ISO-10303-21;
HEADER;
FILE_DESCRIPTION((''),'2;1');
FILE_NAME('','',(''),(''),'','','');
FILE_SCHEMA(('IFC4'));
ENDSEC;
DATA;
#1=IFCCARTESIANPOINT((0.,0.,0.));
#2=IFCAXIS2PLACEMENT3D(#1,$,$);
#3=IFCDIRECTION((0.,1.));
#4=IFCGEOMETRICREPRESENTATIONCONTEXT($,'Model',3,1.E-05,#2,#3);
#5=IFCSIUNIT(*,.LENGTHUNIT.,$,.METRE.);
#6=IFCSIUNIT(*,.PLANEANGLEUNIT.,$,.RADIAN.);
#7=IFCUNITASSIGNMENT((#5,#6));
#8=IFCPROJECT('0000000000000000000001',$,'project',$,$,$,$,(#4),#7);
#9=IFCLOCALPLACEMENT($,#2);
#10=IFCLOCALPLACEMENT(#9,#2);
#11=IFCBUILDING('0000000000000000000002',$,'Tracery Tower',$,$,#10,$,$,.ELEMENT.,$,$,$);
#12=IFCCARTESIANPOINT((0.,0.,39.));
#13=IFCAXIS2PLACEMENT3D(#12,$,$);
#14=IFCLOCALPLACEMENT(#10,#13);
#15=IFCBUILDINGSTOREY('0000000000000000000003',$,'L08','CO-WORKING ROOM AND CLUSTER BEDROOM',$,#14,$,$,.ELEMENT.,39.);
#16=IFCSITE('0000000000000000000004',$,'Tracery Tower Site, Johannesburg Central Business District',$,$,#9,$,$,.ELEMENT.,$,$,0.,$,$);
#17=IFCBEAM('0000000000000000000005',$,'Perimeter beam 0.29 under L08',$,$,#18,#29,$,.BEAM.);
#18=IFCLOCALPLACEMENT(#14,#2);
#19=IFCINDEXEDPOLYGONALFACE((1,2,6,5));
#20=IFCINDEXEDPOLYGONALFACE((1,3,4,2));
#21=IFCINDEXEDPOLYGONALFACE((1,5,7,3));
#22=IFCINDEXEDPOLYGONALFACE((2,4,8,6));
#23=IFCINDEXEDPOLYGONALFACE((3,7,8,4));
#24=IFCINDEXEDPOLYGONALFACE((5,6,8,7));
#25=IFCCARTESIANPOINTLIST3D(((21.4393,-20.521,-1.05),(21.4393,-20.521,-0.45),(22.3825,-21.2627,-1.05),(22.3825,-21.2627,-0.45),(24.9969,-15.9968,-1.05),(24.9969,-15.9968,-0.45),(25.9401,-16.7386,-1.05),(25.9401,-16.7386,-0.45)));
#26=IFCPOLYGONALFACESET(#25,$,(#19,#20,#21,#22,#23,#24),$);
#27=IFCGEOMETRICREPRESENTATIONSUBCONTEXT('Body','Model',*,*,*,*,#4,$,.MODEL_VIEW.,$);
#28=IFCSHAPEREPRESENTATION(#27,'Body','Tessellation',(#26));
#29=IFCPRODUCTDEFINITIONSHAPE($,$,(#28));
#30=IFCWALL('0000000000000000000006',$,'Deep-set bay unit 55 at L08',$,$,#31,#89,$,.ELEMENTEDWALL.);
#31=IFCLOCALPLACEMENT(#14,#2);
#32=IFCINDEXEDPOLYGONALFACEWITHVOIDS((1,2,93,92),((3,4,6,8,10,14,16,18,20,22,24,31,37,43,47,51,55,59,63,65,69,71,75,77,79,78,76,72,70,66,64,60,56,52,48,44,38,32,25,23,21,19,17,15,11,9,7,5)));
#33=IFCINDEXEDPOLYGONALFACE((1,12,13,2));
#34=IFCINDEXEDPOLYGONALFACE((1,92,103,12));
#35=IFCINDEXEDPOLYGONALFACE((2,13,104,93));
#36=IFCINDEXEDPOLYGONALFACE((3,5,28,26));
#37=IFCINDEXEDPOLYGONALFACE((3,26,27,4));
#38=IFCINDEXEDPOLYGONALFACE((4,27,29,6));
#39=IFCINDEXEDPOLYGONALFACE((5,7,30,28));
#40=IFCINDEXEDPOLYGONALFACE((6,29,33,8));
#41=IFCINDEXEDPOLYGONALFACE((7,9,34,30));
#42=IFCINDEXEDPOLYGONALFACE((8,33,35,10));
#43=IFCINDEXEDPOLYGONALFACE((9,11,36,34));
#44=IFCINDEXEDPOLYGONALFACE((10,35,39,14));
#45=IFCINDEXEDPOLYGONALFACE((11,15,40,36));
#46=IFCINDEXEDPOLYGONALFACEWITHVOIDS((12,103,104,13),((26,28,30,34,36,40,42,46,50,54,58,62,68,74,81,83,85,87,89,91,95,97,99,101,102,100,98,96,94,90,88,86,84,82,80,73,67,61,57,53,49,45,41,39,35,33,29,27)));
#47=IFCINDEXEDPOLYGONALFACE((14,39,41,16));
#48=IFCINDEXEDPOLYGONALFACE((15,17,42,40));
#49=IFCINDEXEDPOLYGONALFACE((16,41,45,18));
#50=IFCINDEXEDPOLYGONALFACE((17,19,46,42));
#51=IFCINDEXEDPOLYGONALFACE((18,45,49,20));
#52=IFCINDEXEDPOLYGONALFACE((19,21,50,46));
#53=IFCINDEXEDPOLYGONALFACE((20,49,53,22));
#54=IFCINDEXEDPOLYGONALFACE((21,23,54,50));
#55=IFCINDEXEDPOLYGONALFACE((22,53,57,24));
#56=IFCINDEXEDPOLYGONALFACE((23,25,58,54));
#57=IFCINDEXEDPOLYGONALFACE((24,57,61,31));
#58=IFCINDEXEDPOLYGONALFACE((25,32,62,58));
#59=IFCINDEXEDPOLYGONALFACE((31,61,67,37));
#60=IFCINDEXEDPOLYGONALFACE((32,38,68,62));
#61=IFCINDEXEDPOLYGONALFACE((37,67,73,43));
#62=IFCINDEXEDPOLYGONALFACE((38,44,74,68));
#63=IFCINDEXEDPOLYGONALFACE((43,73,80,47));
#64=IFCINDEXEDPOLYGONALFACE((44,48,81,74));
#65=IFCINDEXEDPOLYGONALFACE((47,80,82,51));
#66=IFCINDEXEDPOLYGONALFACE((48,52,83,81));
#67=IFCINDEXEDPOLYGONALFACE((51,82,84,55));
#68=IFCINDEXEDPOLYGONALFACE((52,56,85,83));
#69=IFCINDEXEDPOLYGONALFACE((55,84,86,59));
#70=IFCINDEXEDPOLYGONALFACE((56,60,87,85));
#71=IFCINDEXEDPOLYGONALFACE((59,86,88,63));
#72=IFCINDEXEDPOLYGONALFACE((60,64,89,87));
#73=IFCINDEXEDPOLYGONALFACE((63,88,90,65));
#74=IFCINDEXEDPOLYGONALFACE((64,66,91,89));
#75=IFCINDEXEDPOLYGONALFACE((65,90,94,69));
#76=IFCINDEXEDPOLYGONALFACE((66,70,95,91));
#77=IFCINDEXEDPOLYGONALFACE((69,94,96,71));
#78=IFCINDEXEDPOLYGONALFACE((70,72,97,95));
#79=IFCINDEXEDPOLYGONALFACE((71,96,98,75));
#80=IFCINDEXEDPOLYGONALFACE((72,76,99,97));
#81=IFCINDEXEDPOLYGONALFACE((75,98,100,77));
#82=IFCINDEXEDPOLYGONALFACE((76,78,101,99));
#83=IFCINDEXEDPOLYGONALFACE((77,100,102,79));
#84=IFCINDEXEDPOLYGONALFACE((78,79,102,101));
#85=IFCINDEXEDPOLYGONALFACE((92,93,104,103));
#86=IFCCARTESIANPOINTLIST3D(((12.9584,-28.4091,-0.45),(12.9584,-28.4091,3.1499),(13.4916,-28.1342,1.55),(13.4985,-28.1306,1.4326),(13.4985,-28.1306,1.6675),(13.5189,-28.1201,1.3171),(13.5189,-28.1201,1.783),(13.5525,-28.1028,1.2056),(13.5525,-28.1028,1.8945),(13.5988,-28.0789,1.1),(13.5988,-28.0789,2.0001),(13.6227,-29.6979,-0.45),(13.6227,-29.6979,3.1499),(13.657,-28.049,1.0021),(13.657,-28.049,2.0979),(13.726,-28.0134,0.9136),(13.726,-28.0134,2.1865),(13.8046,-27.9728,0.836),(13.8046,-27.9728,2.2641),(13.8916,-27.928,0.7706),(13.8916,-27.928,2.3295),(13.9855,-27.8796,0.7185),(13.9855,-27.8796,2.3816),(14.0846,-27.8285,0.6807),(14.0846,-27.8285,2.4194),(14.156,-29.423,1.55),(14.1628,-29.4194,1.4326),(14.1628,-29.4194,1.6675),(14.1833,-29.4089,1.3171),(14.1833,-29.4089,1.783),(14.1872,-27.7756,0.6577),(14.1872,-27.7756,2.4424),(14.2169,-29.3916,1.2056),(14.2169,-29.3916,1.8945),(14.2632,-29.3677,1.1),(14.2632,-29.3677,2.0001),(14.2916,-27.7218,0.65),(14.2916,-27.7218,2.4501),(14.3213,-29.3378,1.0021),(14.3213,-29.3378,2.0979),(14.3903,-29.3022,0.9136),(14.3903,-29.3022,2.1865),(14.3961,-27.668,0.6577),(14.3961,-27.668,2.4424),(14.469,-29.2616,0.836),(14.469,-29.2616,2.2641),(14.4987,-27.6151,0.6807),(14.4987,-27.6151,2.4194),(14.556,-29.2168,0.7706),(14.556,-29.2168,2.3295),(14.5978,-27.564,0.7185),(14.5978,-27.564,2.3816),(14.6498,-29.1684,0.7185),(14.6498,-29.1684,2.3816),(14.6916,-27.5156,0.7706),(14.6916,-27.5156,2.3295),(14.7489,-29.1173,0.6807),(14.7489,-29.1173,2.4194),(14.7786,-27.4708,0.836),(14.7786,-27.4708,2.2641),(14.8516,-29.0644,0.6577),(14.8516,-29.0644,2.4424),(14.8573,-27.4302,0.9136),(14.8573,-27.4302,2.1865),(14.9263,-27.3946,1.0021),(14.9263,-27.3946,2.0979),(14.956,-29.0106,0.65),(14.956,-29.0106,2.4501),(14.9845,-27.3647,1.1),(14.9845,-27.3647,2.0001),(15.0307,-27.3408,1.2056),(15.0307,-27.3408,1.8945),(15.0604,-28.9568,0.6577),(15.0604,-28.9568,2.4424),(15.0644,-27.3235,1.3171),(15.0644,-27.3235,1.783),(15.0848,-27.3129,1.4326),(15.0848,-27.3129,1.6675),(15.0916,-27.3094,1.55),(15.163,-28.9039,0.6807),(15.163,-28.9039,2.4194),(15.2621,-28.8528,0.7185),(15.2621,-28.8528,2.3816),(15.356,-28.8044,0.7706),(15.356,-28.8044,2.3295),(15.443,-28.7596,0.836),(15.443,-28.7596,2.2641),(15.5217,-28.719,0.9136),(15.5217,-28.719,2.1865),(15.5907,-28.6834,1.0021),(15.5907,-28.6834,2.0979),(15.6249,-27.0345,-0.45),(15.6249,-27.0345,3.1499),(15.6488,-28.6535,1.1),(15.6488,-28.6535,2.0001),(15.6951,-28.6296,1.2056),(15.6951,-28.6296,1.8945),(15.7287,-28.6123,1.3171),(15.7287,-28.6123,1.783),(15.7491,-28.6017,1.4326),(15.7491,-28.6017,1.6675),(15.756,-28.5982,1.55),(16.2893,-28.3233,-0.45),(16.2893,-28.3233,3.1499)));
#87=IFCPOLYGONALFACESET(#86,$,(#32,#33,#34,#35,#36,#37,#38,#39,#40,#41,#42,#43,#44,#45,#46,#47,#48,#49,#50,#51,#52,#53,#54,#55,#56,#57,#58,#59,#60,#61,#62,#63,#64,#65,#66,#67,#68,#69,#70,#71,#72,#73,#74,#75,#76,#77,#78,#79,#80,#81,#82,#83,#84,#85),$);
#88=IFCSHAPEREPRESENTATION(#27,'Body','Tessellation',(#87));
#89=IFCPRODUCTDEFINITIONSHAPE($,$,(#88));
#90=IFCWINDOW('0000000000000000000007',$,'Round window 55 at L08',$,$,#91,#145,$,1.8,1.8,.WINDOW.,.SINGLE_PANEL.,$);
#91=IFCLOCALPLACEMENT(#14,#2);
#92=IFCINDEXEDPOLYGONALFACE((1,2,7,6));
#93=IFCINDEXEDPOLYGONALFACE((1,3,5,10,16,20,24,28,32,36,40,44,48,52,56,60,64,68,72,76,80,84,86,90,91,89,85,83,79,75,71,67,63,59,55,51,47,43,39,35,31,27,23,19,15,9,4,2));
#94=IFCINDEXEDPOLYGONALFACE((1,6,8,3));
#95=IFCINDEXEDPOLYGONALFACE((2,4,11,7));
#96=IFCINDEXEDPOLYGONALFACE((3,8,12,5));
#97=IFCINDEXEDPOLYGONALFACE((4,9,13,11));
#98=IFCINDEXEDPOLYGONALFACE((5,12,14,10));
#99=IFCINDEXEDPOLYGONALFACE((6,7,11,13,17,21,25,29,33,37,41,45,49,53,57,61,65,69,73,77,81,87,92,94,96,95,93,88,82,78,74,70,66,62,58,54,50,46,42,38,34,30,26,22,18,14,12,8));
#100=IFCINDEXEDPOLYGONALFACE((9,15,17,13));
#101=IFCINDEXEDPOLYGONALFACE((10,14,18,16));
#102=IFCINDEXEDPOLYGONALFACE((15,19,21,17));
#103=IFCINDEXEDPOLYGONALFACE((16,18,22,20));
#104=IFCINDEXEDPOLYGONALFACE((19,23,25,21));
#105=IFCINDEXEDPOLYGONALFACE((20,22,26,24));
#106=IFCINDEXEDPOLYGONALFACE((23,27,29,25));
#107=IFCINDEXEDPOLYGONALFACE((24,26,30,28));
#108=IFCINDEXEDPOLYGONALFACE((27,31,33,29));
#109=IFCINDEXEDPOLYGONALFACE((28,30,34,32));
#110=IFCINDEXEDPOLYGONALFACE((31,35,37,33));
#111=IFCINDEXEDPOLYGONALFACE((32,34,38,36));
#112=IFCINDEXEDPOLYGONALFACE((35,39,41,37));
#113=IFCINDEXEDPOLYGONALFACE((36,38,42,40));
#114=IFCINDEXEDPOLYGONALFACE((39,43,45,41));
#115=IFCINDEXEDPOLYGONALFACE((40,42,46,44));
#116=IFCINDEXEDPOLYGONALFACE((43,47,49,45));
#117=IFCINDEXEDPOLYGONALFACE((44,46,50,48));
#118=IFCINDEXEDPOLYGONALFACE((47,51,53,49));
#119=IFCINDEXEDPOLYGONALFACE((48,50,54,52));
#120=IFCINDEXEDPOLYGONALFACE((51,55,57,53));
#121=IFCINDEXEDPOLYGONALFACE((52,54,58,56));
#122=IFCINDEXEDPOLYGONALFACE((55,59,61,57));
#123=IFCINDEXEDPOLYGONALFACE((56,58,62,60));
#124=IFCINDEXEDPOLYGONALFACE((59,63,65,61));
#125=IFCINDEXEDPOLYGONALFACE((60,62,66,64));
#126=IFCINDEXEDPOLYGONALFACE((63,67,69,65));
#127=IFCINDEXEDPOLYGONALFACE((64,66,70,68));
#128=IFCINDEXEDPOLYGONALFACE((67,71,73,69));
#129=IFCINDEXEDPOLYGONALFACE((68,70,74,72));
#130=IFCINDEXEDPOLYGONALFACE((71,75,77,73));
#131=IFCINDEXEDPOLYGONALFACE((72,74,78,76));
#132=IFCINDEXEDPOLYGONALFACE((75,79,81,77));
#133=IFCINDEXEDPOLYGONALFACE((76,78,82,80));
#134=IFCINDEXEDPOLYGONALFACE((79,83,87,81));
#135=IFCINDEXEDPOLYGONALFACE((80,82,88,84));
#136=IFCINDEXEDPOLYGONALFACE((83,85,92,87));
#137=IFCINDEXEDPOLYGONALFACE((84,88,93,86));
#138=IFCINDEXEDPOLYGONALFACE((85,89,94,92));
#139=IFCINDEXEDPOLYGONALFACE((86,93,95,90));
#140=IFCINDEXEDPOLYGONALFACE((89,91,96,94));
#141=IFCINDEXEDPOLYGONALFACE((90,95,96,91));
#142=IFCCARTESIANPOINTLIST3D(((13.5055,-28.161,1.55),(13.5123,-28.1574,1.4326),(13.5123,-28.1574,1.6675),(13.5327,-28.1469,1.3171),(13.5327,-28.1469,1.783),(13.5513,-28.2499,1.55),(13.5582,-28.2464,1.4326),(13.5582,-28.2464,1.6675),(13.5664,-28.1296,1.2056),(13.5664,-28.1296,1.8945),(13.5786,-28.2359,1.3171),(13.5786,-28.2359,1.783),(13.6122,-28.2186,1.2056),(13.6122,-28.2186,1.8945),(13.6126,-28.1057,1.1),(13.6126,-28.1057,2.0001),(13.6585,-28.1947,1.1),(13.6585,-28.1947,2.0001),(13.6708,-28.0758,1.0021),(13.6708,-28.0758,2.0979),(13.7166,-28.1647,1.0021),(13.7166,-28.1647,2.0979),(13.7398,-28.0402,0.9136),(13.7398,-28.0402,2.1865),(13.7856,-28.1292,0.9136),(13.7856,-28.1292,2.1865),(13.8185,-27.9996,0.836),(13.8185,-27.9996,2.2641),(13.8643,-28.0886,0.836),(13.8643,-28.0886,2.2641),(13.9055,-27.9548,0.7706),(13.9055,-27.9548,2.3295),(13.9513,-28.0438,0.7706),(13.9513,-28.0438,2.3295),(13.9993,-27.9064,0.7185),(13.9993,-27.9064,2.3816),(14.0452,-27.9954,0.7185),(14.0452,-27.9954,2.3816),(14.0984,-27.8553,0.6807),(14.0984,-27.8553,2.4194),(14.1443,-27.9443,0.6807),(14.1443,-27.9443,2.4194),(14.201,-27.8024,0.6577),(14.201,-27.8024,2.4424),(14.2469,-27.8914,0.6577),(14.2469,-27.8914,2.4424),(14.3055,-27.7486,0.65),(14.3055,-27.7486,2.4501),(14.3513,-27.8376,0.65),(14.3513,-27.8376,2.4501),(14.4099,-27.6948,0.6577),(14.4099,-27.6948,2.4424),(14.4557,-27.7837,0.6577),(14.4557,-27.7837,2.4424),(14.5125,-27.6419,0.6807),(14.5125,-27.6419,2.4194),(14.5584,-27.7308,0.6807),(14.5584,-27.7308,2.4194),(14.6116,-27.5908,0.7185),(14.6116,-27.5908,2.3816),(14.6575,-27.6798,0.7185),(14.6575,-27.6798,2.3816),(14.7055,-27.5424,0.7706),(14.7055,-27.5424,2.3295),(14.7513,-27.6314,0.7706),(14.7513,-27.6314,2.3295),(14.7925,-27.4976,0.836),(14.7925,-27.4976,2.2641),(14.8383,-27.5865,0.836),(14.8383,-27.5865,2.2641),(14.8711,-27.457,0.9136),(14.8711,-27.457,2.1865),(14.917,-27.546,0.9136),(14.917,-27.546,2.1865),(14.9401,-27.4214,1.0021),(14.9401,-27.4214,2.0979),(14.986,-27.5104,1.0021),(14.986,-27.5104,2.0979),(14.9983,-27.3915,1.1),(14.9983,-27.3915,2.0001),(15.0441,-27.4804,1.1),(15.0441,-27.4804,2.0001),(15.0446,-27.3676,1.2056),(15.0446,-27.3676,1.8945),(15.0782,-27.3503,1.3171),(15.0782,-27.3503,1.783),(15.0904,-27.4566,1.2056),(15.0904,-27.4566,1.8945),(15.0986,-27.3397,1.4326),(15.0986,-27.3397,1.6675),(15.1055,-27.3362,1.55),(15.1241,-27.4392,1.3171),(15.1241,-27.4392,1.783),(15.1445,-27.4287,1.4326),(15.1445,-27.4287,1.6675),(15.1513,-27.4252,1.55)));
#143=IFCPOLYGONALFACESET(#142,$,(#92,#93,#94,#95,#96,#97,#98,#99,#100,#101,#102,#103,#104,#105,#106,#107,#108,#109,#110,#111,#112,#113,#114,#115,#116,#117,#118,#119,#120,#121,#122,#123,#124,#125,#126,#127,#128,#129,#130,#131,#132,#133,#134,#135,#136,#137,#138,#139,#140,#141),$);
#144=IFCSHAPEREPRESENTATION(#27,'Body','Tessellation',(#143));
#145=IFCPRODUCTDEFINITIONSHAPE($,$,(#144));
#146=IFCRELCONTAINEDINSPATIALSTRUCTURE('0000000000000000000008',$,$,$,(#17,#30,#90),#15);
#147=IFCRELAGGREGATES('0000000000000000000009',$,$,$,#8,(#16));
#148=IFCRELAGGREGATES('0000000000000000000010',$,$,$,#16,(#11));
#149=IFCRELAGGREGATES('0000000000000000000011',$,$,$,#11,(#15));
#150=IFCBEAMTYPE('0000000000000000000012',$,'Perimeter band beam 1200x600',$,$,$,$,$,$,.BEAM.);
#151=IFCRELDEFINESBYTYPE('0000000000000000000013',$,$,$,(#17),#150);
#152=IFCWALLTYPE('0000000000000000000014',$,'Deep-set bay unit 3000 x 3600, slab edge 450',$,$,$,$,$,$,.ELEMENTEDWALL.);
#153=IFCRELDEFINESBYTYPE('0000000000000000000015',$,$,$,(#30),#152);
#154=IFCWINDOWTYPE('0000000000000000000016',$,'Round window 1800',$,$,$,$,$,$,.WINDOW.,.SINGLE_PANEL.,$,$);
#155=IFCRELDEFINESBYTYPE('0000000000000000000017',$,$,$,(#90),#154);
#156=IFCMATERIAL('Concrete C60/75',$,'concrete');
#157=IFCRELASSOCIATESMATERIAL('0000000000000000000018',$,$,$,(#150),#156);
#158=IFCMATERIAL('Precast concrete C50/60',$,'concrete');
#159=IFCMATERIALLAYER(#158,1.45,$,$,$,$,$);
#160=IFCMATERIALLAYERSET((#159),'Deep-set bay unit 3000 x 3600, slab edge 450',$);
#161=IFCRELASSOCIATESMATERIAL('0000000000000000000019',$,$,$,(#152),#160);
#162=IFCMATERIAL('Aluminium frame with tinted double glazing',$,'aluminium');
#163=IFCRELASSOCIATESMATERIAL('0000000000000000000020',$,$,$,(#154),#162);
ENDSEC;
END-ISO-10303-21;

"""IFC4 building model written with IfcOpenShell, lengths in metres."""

from ifc_helpers import new_model, si_unit, direction, frame, frame_2d, origin, origin_2d, place, context, subcontext, project, spatial, rectangle, circle, extrude, material, layer, layer_set, material_profile, profile_set, type_object, element, fill, save


model = new_model("IFC4")

# Units and contexts
model_context = context("Model", 3, precision=1e-05, world=origin(), true_north=direction((0.0, 1.0)))
body_context = subcontext(model_context, "Body", "Model", "MODEL_VIEW")
ifc_project = project(units=[si_unit("LENGTHUNIT", "METRE"), si_unit("PLANEANGLEUNIT", "RADIAN")], contexts=[model_context])

# Site, building, storey
site_placement = place(None, origin())
site = spatial("IfcSite", under=ifc_project, at=site_placement, Name="Tracery Tower Site, Johannesburg Central Business District", CompositionType="ELEMENT", RefElevation=0.0)
building_placement = place(site_placement, origin())
building = spatial("IfcBuilding", under=site, at=building_placement, Name="Tracery Tower", CompositionType="ELEMENT")
storey_placement = place(building_placement, frame((0.0, 0.0, 39.0)))
storey = spatial("IfcBuildingStorey", under=building, at=storey_placement, Name="L08", Description="CO-WORKING ROOM AND CLUSTER BEDROOM", CompositionType="ELEMENT", Elevation=39.0)

# Beam
ifc_material_1 = material(Name="Concrete C60/75", Category="concrete")
ifc_material_profile_1 = material_profile(ifc_material_1, rectangle(XDim=1.2, YDim=0.6001, at=origin_2d()), Name="RC 1200x600")
ifc_profile_set_1 = profile_set([ifc_material_profile_1], Name="Concrete C60/75")
beam_type = type_object("IfcBeamType", Name="Perimeter band beam 1200x600", PredefinedType="BEAM", material=ifc_profile_set_1)
beam_1_placement = place(storey_placement, frame((21.9109, -20.8918, -0.75), z_axis=(0.618134, 0.786072, 0.0), x_axis=(-0.786072, 0.618134, 0.0)))
element("IfcBeam", 1, at=beam_1_placement, inside=storey, type_object=beam_type, Name="Perimeter beam 0.29 under L08", PredefinedType="BEAM", context=body_context, shape_type="SweptSolid", body=[
    extrude(rectangle(XDim=1.2, YDim=0.6001, at=origin_2d()), origin(), (0.0, 0.0, 1.0), 5.7554),
])

# Wall, opening, window
ifc_material_2 = material(Name="Precast concrete C50/60", Category="concrete")
ifc_layer_1 = layer(ifc_material_2, 1.45)
ifc_layer_set_1 = layer_set([ifc_layer_1], Name="Deep-set bay unit 3000 x 3600, slab edge 450")
wall_type_1 = type_object("IfcWallType", Name="Deep-set bay unit 3000 x 3600, slab edge 450", PredefinedType="ELEMENTEDWALL", material=ifc_layer_set_1)
wall_1_placement = place(storey_placement, frame((13.2905, -29.0535, -0.45), z_axis=(0.0, 0.0, 1.0), x_axis=(0.888858, 0.458183, 0.0)))
wall_1 = element("IfcWall", 2, at=wall_1_placement, inside=storey, type_object=wall_type_1, Name="Deep-set bay unit 55 at L08", PredefinedType="ELEMENTEDWALL", context=body_context, shape_type="SweptSolid", body=[
    extrude(rectangle(XDim=3.0, YDim=1.45, at=frame_2d((1.5, 0.0))), origin(), (0.0, 0.0, 1.0), 3.5999),
])
opening_1_placement = place(wall_1_placement, frame((1.5, 0.0, 2.0)))
opening_1 = element("IfcOpeningElement", 3, at=opening_1_placement, cuts=wall_1, PredefinedType="OPENING", context=body_context, shape_type="SweptSolid", body=[
    extrude(circle(Radius=0.9, at=origin_2d()), frame((0.0, 0.7349, 0.0), z_axis=(0.0, -1.0, 0.0), x_axis=(1.0, 0.0, 0.0)), (0.0, 0.0, 1.0), 1.47),
])
ifc_material_3 = material(Name="Aluminium frame with tinted double glazing", Category="aluminium")
window_type = type_object("IfcWindowType", Name="Round window 1800", PartitioningType="SINGLE_PANEL", PredefinedType="WINDOW", material=ifc_material_3)
window_1_placement = place(opening_1_placement, origin())
window_1 = element("IfcWindow", 4, at=window_1_placement, inside=storey, type_object=window_type, Name="Round window 55 at L08", OverallHeight=1.8, OverallWidth=1.8, PartitioningType="SINGLE_PANEL", PredefinedType="WINDOW", context=body_context, shape_type="SweptSolid", body=[
    extrude(circle(Radius=0.9, at=origin_2d()), frame((0.0, 0.6948, 0.0), z_axis=(0.0, -1.0, 0.0), x_axis=(1.0, 0.0, 0.0)), (0.0, 0.0, 1.0), 0.1001),
])
fill(opening_1, window_1)

save(model, "model.ifc")
